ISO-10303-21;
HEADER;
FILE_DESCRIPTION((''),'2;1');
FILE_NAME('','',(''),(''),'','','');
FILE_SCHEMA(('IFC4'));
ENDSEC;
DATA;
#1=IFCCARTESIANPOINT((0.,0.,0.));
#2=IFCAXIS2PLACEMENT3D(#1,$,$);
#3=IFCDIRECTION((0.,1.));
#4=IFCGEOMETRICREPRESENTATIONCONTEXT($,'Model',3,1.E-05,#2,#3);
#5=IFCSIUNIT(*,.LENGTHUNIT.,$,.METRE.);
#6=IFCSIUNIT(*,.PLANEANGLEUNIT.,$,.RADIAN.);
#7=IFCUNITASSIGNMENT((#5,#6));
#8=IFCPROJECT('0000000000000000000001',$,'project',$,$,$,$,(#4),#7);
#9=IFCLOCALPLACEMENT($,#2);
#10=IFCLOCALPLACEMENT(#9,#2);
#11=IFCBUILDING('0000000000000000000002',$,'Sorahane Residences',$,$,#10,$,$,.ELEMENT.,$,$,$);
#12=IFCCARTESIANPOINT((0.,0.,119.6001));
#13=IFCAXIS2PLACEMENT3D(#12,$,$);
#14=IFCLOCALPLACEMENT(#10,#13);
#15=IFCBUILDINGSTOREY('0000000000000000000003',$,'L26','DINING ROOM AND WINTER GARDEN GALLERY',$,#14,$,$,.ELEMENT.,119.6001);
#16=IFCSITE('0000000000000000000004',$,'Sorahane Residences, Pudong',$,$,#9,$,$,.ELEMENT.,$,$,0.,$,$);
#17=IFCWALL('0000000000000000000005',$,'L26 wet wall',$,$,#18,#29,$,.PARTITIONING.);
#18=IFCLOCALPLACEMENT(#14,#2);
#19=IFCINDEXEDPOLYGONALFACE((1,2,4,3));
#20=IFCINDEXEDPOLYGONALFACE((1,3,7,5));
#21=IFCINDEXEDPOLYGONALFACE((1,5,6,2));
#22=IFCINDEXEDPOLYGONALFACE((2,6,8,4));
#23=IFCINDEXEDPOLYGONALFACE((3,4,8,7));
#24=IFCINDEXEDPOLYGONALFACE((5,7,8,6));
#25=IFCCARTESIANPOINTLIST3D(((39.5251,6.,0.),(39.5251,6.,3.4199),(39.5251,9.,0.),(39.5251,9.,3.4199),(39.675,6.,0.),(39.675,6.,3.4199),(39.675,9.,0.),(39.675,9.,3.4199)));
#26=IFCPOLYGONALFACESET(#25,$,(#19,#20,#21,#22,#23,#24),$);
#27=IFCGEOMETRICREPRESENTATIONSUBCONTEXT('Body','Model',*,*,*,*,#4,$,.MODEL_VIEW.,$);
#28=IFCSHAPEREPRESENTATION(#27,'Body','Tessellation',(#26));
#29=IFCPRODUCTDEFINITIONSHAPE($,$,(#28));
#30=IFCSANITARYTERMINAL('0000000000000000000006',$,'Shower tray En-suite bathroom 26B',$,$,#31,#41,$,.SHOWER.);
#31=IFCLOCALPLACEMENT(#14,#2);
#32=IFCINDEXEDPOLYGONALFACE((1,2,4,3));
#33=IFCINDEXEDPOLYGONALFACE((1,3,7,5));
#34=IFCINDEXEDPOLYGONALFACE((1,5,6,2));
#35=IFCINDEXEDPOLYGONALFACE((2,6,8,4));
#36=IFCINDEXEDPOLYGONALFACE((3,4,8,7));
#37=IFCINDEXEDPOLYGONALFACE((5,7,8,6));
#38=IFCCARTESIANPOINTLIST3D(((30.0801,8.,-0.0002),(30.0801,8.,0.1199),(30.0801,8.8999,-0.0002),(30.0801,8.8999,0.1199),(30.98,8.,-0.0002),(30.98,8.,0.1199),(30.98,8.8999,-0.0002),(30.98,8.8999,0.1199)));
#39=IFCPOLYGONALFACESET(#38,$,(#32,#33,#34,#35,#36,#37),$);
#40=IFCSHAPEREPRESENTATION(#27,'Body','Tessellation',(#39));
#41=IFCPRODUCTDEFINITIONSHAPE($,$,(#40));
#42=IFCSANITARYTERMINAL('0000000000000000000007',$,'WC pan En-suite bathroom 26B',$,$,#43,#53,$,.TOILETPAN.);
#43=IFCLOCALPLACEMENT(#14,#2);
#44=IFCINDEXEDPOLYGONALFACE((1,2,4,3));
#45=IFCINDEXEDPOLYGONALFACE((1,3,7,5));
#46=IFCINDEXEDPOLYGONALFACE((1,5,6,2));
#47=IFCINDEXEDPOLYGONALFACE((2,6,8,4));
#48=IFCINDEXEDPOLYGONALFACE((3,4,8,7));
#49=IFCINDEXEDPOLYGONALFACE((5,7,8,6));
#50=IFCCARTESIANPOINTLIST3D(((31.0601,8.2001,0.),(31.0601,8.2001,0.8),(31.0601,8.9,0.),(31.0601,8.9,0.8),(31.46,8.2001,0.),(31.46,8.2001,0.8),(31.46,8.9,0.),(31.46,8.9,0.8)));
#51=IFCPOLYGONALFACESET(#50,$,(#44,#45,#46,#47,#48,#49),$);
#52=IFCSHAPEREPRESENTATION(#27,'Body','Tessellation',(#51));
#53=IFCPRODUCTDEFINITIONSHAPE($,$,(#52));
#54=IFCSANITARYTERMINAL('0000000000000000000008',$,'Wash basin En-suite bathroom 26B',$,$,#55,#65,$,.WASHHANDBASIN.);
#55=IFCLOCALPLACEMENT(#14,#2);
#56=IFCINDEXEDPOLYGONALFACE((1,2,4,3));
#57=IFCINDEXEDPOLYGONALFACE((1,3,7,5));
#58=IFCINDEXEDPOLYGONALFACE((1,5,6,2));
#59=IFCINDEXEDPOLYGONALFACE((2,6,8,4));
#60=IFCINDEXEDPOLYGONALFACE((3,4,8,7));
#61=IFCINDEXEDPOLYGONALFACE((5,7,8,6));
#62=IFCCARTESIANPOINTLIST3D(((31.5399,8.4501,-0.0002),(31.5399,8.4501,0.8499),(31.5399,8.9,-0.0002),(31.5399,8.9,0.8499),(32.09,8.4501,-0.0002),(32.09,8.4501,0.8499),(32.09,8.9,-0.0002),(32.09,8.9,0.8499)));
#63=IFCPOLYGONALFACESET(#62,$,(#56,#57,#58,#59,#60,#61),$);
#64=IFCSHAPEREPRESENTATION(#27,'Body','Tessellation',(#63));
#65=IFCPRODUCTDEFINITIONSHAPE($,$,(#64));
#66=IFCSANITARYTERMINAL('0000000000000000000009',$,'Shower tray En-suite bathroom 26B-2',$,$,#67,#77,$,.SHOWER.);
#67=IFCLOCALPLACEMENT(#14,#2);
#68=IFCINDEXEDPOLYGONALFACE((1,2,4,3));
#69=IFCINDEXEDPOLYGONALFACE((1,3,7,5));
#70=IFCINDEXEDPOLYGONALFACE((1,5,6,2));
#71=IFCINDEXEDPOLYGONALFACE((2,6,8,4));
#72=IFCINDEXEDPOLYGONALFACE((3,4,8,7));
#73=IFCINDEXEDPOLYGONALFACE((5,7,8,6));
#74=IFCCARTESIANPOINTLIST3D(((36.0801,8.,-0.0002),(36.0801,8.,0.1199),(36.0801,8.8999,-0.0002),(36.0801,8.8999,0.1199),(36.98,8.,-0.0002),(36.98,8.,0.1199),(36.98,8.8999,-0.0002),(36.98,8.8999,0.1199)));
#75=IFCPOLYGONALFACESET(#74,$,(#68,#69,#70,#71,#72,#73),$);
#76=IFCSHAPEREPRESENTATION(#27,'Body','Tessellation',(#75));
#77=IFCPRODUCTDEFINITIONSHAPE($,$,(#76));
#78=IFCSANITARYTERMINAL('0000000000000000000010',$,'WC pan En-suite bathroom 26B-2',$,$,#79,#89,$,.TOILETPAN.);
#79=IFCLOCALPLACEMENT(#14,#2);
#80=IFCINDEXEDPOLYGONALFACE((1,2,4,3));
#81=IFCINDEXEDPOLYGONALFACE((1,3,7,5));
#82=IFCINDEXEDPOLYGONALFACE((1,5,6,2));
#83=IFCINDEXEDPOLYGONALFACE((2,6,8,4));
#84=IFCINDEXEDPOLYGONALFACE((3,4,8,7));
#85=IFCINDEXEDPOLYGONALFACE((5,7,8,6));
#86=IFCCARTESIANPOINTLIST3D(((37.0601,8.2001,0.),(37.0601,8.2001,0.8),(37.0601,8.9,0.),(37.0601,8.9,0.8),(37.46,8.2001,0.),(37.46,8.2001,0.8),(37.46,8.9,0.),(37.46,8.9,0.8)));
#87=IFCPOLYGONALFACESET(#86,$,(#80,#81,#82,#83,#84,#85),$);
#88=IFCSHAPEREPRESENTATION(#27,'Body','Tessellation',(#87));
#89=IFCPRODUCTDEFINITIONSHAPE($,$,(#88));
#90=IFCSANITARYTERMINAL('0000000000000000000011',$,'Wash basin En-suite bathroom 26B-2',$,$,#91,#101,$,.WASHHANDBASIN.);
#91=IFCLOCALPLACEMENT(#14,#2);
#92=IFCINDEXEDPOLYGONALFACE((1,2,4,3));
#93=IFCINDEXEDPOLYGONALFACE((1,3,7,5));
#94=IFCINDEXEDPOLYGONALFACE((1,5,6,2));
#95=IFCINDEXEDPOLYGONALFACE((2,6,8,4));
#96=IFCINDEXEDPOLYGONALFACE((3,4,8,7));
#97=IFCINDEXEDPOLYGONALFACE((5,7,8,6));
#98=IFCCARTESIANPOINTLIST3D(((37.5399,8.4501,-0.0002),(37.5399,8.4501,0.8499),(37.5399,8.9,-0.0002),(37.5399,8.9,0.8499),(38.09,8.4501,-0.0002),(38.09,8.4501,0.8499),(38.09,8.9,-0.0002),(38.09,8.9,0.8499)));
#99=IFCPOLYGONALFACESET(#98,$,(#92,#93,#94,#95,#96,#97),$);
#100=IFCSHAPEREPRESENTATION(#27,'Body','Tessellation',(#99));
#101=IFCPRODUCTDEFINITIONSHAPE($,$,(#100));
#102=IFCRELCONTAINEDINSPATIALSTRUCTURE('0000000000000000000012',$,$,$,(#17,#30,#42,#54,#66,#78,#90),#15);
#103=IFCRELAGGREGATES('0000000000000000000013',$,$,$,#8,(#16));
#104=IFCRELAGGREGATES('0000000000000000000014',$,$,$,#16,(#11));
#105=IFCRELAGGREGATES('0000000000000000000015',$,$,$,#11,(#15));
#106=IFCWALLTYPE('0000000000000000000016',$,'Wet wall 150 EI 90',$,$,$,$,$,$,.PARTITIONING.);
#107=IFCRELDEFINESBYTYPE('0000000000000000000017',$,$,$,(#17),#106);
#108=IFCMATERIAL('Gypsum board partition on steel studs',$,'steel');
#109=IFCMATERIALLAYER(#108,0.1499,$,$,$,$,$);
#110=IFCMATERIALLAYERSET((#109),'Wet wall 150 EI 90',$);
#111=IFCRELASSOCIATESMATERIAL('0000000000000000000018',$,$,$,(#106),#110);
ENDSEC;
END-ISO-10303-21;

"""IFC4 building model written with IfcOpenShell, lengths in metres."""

from ifc_helpers import new_model, si_unit, direction, frame, frame_2d, origin, origin_2d, place, context, subcontext, project, spatial, rectangle, extrude, material, layer, layer_set, type_object, element, save


model = new_model("IFC4")

# Units and contexts
model_context = context("Model", 3, precision=1e-05, world=origin(), true_north=direction((0.0, 1.0)))
body_context = subcontext(model_context, "Body", "Model", "MODEL_VIEW")
ifc_project = project(units=[si_unit("LENGTHUNIT", "METRE"), si_unit("PLANEANGLEUNIT", "RADIAN")], contexts=[model_context])

# Site, building, storey
site_placement = place(None, origin())
site = spatial("IfcSite", under=ifc_project, at=site_placement, Name="Sorahane Residences, Pudong", CompositionType="ELEMENT", RefElevation=0.0)
building_placement = place(site_placement, origin())
building = spatial("IfcBuilding", under=site, at=building_placement, Name="Sorahane Residences", CompositionType="ELEMENT")
storey_placement = place(building_placement, frame((0.0, 0.0, 119.6001)))
storey = spatial("IfcBuildingStorey", under=building, at=storey_placement, Name="L26", Description="DINING ROOM AND WINTER GARDEN GALLERY", CompositionType="ELEMENT", Elevation=119.6001)

# Wall
ifc_material_1 = material(Name="Gypsum board partition on steel studs", Category="steel")
ifc_layer_1 = layer(ifc_material_1, 0.1499)
ifc_layer_set_1 = layer_set([ifc_layer_1], Name="Wet wall 150 EI 90")
wall_type_1 = type_object("IfcWallType", Name="Wet wall 150 EI 90", PredefinedType="PARTITIONING", material=ifc_layer_set_1)
wall_1_placement = place(storey_placement, frame((39.6001, 6.0, 0.0), z_axis=(0.0, 0.0, 1.0), x_axis=(0.0, 1.0, 0.0)))
element("IfcWall", 1, at=wall_1_placement, inside=storey, type_object=wall_type_1, Name="L26 wet wall", PredefinedType="PARTITIONING", context=body_context, shape_type="SweptSolid", body=[
    extrude(rectangle(XDim=3.0, YDim=0.1499, at=frame_2d((1.5, 0.0))), origin(), (0.0, 0.0, 1.0), 3.4199),
])

# Sanitary terminals
sanitary_terminal_1_placement = place(storey_placement, frame((30.53, 8.45, -0.0002), z_axis=(0.0, 0.0, 1.0), x_axis=(1.0, 0.0, 0.0)))
element("IfcSanitaryTerminal", 2, at=sanitary_terminal_1_placement, inside=storey, Name="Shower tray En-suite bathroom 26B", PredefinedType="SHOWER", context=body_context, shape_type="SweptSolid", body=[
    extrude(rectangle(XDim=0.8999, YDim=0.8999, at=origin_2d()), origin(), (0.0, 0.0, 1.0), 0.1201),
])
sanitary_terminal_2_placement = place(storey_placement, frame((31.26, 8.55, 0.0), z_axis=(0.0, 0.0, 1.0), x_axis=(1.0, 0.0, 0.0)))
element("IfcSanitaryTerminal", 3, at=sanitary_terminal_2_placement, inside=storey, Name="WC pan En-suite bathroom 26B", PredefinedType="TOILETPAN", context=body_context, shape_type="SweptSolid", body=[
    extrude(rectangle(XDim=0.3999, YDim=0.7, at=origin_2d()), origin(), (0.0, 0.0, 1.0), 0.8),
])
sanitary_terminal_3_placement = place(storey_placement, frame((31.8149, 8.675, -0.0002), z_axis=(0.0, 0.0, 1.0), x_axis=(1.0, 0.0, 0.0)))
element("IfcSanitaryTerminal", 4, at=sanitary_terminal_3_placement, inside=storey, Name="Wash basin En-suite bathroom 26B", PredefinedType="WASHHANDBASIN", context=body_context, shape_type="SweptSolid", body=[
    extrude(rectangle(XDim=0.55, YDim=0.45, at=origin_2d()), origin(), (0.0, 0.0, 1.0), 0.8501),
])
sanitary_terminal_4_placement = place(storey_placement, frame((36.53, 8.45, -0.0002), z_axis=(0.0, 0.0, 1.0), x_axis=(1.0, 0.0, 0.0)))
element("IfcSanitaryTerminal", 5, at=sanitary_terminal_4_placement, inside=storey, Name="Shower tray En-suite bathroom 26B-2", PredefinedType="SHOWER", context=body_context, shape_type="SweptSolid", body=[
    extrude(rectangle(XDim=0.8999, YDim=0.8999, at=origin_2d()), origin(), (0.0, 0.0, 1.0), 0.1201),
])
sanitary_terminal_5_placement = place(storey_placement, frame((37.26, 8.55, 0.0), z_axis=(0.0, 0.0, 1.0), x_axis=(1.0, 0.0, 0.0)))
element("IfcSanitaryTerminal", 6, at=sanitary_terminal_5_placement, inside=storey, Name="WC pan En-suite bathroom 26B-2", PredefinedType="TOILETPAN", context=body_context, shape_type="SweptSolid", body=[
    extrude(rectangle(XDim=0.3999, YDim=0.7, at=origin_2d()), origin(), (0.0, 0.0, 1.0), 0.8),
])
sanitary_terminal_6_placement = place(storey_placement, frame((37.8149, 8.675, -0.0002), z_axis=(0.0, 0.0, 1.0), x_axis=(1.0, 0.0, 0.0)))
element("IfcSanitaryTerminal", 7, at=sanitary_terminal_6_placement, inside=storey, Name="Wash basin En-suite bathroom 26B-2", PredefinedType="WASHHANDBASIN", context=body_context, shape_type="SweptSolid", body=[
    extrude(rectangle(XDim=0.55, YDim=0.45, at=origin_2d()), origin(), (0.0, 0.0, 1.0), 0.8501),
])

save(model, "model.ifc")
